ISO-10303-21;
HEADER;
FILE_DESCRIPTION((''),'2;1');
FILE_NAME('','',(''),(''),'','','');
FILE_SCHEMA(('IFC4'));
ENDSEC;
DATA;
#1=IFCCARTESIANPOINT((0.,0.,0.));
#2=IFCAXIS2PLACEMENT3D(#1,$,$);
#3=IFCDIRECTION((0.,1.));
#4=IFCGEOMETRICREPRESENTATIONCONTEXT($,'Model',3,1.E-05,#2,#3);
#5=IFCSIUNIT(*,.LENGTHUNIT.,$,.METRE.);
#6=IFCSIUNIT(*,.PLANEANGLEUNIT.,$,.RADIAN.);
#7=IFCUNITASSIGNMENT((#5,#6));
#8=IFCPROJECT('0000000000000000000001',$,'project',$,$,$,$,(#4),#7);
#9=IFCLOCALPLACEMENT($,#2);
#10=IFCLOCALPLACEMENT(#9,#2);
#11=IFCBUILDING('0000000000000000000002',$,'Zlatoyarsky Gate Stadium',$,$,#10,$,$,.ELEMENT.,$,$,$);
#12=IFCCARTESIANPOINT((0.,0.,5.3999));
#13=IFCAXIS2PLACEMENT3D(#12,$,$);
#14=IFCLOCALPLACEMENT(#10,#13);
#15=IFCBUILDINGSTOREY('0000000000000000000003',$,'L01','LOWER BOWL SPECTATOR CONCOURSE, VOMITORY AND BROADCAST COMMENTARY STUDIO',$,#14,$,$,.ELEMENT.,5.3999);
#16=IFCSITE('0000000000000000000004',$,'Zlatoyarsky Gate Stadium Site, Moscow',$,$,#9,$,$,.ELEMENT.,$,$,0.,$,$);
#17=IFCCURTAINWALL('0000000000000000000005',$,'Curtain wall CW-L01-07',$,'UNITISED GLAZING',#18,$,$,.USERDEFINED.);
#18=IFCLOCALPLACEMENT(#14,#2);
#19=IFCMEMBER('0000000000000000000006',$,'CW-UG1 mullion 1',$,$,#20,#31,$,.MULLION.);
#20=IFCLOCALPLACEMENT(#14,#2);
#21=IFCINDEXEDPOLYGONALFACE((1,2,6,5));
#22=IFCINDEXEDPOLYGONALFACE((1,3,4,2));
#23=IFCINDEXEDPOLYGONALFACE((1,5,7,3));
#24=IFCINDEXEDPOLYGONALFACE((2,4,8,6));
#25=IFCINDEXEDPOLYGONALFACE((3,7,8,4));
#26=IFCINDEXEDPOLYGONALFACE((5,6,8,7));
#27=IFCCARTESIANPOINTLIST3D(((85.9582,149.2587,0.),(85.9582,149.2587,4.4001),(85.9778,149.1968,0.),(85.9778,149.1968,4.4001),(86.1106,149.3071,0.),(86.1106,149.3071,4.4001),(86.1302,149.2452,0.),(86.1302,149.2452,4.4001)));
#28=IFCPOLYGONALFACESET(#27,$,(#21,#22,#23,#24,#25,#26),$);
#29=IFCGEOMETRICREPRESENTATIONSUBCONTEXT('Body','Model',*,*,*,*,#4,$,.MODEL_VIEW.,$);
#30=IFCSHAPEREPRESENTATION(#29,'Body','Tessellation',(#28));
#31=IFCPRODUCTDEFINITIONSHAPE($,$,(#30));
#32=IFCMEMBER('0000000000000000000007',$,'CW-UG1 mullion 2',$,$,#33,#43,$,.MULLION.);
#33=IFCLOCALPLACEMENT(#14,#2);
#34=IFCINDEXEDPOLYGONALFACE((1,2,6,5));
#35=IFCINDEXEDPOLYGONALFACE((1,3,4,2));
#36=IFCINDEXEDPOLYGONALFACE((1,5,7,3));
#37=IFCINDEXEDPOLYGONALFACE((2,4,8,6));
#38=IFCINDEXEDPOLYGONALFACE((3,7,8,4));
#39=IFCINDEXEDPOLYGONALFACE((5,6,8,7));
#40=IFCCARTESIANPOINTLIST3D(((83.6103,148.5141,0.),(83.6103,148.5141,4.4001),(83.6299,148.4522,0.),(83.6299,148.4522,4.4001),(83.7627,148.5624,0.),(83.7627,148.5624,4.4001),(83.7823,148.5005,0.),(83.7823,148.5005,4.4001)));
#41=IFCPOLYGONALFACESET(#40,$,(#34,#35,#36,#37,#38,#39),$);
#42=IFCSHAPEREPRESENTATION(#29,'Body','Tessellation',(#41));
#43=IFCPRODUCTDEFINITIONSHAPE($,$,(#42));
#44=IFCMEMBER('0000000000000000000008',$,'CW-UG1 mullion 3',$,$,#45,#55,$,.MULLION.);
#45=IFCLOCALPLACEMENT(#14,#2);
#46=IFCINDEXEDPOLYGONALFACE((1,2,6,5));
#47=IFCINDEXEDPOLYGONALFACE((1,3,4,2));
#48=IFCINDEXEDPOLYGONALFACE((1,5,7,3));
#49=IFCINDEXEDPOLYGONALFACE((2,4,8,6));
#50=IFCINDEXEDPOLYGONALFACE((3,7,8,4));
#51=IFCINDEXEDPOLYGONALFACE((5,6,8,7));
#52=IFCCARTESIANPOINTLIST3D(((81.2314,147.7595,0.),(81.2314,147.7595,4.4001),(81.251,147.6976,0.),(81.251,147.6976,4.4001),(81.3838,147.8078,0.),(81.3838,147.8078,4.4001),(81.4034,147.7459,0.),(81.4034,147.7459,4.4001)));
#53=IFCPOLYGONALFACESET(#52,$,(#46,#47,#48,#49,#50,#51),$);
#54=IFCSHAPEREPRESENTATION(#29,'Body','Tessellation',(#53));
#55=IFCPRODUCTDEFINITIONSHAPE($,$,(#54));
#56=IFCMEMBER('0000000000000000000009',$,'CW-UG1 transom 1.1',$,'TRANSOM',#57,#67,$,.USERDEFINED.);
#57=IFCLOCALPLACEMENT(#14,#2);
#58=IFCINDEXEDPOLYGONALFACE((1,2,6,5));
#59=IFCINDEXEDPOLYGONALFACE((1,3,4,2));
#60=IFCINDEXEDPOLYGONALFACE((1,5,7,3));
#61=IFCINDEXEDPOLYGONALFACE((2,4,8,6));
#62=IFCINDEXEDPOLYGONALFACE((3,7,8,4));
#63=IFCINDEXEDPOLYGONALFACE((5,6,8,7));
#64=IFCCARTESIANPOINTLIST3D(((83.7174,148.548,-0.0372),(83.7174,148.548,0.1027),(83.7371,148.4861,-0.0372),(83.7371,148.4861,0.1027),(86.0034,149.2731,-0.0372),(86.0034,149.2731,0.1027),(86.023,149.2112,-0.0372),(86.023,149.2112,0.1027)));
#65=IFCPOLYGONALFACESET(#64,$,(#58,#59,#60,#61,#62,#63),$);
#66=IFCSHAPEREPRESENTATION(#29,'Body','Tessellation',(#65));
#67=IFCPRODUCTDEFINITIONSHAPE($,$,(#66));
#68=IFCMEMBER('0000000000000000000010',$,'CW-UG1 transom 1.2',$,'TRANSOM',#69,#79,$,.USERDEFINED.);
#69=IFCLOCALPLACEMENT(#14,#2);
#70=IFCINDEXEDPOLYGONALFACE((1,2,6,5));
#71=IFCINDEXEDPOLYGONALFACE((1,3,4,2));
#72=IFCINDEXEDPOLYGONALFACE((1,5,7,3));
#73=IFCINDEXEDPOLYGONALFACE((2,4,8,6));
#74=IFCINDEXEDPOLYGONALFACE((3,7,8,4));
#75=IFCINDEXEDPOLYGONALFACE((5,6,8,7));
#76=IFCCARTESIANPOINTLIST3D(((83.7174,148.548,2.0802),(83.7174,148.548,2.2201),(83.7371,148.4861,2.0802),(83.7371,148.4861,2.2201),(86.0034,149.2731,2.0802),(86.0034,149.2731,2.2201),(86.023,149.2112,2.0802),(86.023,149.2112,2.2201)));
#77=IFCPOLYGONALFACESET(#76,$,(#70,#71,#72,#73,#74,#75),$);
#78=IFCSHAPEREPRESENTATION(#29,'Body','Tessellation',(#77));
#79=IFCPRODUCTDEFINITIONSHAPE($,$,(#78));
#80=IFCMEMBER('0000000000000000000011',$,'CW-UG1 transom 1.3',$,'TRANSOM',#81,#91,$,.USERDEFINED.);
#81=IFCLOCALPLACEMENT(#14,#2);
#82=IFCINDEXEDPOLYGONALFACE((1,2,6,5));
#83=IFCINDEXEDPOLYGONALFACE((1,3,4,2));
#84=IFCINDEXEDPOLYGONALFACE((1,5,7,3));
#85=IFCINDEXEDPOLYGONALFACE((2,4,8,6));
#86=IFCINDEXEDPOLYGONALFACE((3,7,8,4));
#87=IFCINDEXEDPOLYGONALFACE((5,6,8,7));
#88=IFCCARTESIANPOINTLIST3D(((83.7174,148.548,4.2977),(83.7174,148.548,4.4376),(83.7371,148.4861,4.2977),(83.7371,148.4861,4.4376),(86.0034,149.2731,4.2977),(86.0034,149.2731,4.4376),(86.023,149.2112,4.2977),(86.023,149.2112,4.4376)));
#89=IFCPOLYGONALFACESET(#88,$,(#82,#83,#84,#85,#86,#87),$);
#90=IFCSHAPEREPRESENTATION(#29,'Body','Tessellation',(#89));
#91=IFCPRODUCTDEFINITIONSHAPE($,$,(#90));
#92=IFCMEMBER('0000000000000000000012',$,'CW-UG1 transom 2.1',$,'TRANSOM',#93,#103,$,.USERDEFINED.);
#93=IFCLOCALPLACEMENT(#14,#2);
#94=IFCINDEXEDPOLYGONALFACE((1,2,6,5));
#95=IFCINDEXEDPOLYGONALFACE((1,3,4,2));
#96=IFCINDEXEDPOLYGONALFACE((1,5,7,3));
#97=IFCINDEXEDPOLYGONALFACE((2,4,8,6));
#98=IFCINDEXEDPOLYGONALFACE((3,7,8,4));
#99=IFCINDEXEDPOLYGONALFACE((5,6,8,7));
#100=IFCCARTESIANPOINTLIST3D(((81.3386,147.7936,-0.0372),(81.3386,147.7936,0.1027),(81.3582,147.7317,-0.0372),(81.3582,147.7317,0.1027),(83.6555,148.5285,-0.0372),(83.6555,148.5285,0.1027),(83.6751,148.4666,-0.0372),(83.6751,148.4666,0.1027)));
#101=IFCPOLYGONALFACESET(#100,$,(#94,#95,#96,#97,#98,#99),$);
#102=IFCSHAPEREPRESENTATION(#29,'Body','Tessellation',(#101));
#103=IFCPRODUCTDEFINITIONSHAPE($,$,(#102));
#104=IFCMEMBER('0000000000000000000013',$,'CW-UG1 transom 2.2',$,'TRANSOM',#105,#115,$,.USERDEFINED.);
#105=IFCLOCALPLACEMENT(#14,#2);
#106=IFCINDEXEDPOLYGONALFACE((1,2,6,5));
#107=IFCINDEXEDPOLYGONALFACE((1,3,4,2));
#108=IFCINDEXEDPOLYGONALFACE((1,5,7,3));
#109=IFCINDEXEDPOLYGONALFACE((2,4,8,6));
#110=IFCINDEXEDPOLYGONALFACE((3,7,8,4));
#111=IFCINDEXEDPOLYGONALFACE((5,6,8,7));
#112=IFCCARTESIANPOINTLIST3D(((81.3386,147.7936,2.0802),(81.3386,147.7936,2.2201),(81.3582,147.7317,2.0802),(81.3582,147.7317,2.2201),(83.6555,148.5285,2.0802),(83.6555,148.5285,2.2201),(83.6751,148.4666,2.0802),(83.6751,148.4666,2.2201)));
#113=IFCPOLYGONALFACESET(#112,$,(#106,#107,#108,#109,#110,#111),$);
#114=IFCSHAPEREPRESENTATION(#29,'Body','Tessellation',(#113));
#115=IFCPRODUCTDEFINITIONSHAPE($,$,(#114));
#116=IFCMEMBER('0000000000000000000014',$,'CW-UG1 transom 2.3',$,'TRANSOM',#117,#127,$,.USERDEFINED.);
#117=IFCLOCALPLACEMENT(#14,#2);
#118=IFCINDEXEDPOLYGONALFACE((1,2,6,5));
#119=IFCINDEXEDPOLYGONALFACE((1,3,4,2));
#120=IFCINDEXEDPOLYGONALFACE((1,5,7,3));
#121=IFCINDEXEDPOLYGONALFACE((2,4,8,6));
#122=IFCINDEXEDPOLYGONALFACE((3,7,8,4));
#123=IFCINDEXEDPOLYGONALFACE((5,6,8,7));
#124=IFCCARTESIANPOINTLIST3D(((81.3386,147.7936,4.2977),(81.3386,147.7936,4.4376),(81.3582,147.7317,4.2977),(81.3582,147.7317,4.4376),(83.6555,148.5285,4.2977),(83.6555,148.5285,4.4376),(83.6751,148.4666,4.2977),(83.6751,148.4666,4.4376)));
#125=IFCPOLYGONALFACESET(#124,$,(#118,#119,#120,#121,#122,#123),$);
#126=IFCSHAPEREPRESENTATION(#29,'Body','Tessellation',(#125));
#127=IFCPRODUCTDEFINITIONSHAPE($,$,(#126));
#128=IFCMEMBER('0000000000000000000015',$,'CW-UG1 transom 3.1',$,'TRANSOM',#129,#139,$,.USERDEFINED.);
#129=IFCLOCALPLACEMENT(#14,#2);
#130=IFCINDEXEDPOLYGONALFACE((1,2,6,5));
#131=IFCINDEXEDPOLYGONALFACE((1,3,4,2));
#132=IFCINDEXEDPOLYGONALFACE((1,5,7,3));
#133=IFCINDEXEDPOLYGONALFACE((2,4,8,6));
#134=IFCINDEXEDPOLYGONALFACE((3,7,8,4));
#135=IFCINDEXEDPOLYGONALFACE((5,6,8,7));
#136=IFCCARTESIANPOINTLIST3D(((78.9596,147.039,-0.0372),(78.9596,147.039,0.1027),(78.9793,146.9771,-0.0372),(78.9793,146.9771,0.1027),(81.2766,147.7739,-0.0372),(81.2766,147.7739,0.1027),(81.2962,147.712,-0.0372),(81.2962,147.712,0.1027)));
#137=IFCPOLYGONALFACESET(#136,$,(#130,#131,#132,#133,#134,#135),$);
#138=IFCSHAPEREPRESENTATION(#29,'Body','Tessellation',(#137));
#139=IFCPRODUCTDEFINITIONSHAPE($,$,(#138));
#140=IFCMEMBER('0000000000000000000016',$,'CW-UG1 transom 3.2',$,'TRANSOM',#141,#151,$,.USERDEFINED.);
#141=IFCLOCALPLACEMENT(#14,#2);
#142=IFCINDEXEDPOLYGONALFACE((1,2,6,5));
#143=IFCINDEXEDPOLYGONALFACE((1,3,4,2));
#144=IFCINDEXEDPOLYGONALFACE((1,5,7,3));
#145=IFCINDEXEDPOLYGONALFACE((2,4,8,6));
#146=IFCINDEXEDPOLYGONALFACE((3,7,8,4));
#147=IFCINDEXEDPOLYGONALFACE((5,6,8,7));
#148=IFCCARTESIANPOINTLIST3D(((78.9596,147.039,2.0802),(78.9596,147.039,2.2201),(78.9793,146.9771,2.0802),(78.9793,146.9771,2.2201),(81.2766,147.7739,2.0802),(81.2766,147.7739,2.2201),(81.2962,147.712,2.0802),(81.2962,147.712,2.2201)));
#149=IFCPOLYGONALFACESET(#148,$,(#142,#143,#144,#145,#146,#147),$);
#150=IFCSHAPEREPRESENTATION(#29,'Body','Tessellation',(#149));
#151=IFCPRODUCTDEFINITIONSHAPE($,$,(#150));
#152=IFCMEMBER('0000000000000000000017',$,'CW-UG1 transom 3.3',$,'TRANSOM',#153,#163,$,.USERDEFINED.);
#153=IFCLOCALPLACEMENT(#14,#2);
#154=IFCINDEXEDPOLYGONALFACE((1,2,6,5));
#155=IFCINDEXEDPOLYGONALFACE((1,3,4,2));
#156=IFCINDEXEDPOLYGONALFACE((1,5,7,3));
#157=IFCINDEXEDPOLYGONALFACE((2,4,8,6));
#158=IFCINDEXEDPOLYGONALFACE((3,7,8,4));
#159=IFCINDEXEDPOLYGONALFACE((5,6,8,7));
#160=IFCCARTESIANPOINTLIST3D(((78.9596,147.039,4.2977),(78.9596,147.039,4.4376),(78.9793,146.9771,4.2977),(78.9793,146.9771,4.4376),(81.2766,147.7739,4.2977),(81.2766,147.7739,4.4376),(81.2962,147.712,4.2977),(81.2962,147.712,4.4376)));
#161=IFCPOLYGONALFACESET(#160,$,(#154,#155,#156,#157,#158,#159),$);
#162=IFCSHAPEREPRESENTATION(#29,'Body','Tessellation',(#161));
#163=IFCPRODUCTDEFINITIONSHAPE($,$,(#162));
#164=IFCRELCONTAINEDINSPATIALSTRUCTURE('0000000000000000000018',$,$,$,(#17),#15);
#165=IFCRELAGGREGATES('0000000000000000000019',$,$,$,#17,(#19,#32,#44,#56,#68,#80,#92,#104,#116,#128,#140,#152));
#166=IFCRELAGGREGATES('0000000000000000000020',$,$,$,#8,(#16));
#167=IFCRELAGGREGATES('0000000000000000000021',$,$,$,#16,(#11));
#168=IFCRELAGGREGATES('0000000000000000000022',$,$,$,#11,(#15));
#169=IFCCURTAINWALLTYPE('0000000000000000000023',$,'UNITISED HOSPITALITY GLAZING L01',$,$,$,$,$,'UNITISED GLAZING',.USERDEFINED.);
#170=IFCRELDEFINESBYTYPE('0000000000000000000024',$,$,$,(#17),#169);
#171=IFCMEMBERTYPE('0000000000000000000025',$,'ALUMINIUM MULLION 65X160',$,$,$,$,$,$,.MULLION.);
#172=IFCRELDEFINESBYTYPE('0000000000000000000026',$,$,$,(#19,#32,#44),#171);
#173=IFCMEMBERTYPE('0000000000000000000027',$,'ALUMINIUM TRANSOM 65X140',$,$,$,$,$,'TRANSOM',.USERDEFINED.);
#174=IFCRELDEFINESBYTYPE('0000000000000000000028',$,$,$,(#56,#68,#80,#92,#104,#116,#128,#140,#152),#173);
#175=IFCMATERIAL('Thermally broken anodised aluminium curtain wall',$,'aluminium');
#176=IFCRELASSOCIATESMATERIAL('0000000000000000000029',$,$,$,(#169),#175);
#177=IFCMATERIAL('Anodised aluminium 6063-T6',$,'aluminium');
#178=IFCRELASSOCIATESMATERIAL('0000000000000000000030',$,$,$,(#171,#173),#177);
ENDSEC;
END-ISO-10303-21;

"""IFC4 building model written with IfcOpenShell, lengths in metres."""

from ifc_helpers import new_model, si_unit, direction, frame, origin, origin_2d, place, context, subcontext, project, spatial, rectangle, extrude, material, material_profile, profile_set, type_object, element, aggregate, save


model = new_model("IFC4")

# Units and contexts
model_context = context("Model", 3, precision=1e-05, world=origin(), true_north=direction((0.0, 1.0)))
body_context = subcontext(model_context, "Body", "Model", "MODEL_VIEW")
ifc_project = project(units=[si_unit("LENGTHUNIT", "METRE"), si_unit("PLANEANGLEUNIT", "RADIAN")], contexts=[model_context])

# Site, building, storey
site_placement = place(None, origin())
site = spatial("IfcSite", under=ifc_project, at=site_placement, Name="Zlatoyarsky Gate Stadium Site, Moscow", CompositionType="ELEMENT", RefElevation=0.0)
building_placement = place(site_placement, origin())
building = spatial("IfcBuilding", under=site, at=building_placement, Name="Zlatoyarsky Gate Stadium", CompositionType="ELEMENT")
storey_placement = place(building_placement, frame((0.0, 0.0, 5.3999)))
storey = spatial("IfcBuildingStorey", under=building, at=storey_placement, Name="L01", Description="LOWER BOWL SPECTATOR CONCOURSE, VOMITORY AND BROADCAST COMMENTARY STUDIO", CompositionType="ELEMENT", Elevation=5.3999)

# Curtain wall, members
ifc_material_1 = material(Name="Thermally broken anodised aluminium curtain wall", Category="aluminium")
curtain_wall_type = type_object("IfcCurtainWallType", Name="UNITISED HOSPITALITY GLAZING L01", ElementType="UNITISED GLAZING", PredefinedType="USERDEFINED", material=ifc_material_1)
curtain_wall_placement = place(storey_placement, origin())
curtain_wall = element("IfcCurtainWall", 1, at=curtain_wall_placement, inside=storey, type_object=curtain_wall_type, Name="Curtain wall CW-L01-07", ObjectType="UNITISED GLAZING", PredefinedType="USERDEFINED")
ifc_material_2 = material(Name="Anodised aluminium 6063-T6", Category="aluminium")
ifc_material_profile_1 = material_profile(ifc_material_2, rectangle(XDim=0.0649, YDim=0.1599, at=origin_2d()), Name="ALU 65X160")
ifc_profile_set_1 = profile_set([ifc_material_profile_1], Name="Anodised aluminium 6063-T6")
member_type_1 = type_object("IfcMemberType", Name="ALUMINIUM MULLION 65X160", PredefinedType="MULLION", material=ifc_profile_set_1)
member_1_placement = place(storey_placement, frame((86.0442, 149.252, 0.0), z_axis=(0.0, 0.0, 1.0), x_axis=(0.302335, -0.953202, 0.0)))
member_1 = element("IfcMember", 2, at=member_1_placement, type_object=member_type_1, Name="CW-UG1 mullion 1", PredefinedType="MULLION", context=body_context, shape_type="SweptSolid", body=[
    extrude(rectangle(XDim=0.0649, YDim=0.1599, at=origin_2d()), origin(), (0.0, 0.0, 1.0), 4.4001),
])
member_2_placement = place(storey_placement, frame((83.6963, 148.5073, 0.0), z_axis=(0.0, 0.0, 1.0), x_axis=(0.302335, -0.953202, 0.0)))
member_2 = element("IfcMember", 3, at=member_2_placement, type_object=member_type_1, Name="CW-UG1 mullion 2", PredefinedType="MULLION", context=body_context, shape_type="SweptSolid", body=[
    extrude(rectangle(XDim=0.0649, YDim=0.1599, at=origin_2d()), origin(), (0.0, 0.0, 1.0), 4.4001),
])
member_3_placement = place(storey_placement, frame((81.3174, 147.7527, 0.0), z_axis=(0.0, 0.0, 1.0), x_axis=(0.302335, -0.953202, 0.0)))
member_3 = element("IfcMember", 4, at=member_3_placement, type_object=member_type_1, Name="CW-UG1 mullion 3", PredefinedType="MULLION", context=body_context, shape_type="SweptSolid", body=[
    extrude(rectangle(XDim=0.0649, YDim=0.1599, at=origin_2d()), origin(), (0.0, 0.0, 1.0), 4.4001),
])
ifc_material_profile_2 = material_profile(ifc_material_2, rectangle(XDim=0.0649, YDim=0.1399, at=origin_2d()), Name="ALU 65X140")
ifc_profile_set_2 = profile_set([ifc_material_profile_2], Name="Anodised aluminium 6063-T6")
member_type_2 = type_object("IfcMemberType", Name="ALUMINIUM TRANSOM 65X140", ElementType="TRANSOM", PredefinedType="USERDEFINED", material=ifc_profile_set_2)
member_4_placement = place(storey_placement, frame((86.0132, 149.2422, 0.0327), z_axis=(-0.953194, -0.302359, 0.0), x_axis=(0.302359, -0.953194, 0.0)))
member_4 = element("IfcMember", 5, at=member_4_placement, type_object=member_type_2, Name="CW-UG1 transom 1.1", ObjectType="TRANSOM", PredefinedType="USERDEFINED", context=body_context, shape_type="SweptSolid", body=[
    extrude(rectangle(XDim=0.0649, YDim=0.1399, at=origin_2d()), origin(), (0.0, 0.0, 1.0), 2.3982),
])
member_5_placement = place(storey_placement, frame((86.0132, 149.2422, 2.1501), z_axis=(-0.953194, -0.302359, 0.0), x_axis=(0.302359, -0.953194, 0.0)))
member_5 = element("IfcMember", 6, at=member_5_placement, type_object=member_type_2, Name="CW-UG1 transom 1.2", ObjectType="TRANSOM", PredefinedType="USERDEFINED", context=body_context, shape_type="SweptSolid", body=[
    extrude(rectangle(XDim=0.0649, YDim=0.1399, at=origin_2d()), origin(), (0.0, 0.0, 1.0), 2.3982),
])
member_6_placement = place(storey_placement, frame((86.0132, 149.2422, 4.3677), z_axis=(-0.953194, -0.302359, 0.0), x_axis=(0.302359, -0.953194, 0.0)))
member_6 = element("IfcMember", 7, at=member_6_placement, type_object=member_type_2, Name="CW-UG1 transom 1.3", ObjectType="TRANSOM", PredefinedType="USERDEFINED", context=body_context, shape_type="SweptSolid", body=[
    extrude(rectangle(XDim=0.0649, YDim=0.1399, at=origin_2d()), origin(), (0.0, 0.0, 1.0), 2.3982),
])
member_7_placement = place(storey_placement, frame((83.6653, 148.4976, 0.0327), z_axis=(-0.953202, -0.302333, 0.0), x_axis=(0.302333, -0.953202, 0.0)))
member_7 = element("IfcMember", 8, at=member_7_placement, type_object=member_type_2, Name="CW-UG1 transom 2.1", ObjectType="TRANSOM", PredefinedType="USERDEFINED", context=body_context, shape_type="SweptSolid", body=[
    extrude(rectangle(XDim=0.0649, YDim=0.1399, at=origin_2d()), origin(), (0.0, 0.0, 1.0), 2.4307),
])
member_8_placement = place(storey_placement, frame((83.6653, 148.4976, 2.1501), z_axis=(-0.953202, -0.302333, 0.0), x_axis=(0.302333, -0.953202, 0.0)))
member_8 = element("IfcMember", 9, at=member_8_placement, type_object=member_type_2, Name="CW-UG1 transom 2.2", ObjectType="TRANSOM", PredefinedType="USERDEFINED", context=body_context, shape_type="SweptSolid", body=[
    extrude(rectangle(XDim=0.0649, YDim=0.1399, at=origin_2d()), origin(), (0.0, 0.0, 1.0), 2.4307),
])
member_9_placement = place(storey_placement, frame((83.6653, 148.4976, 4.3677), z_axis=(-0.953202, -0.302333, 0.0), x_axis=(0.302333, -0.953202, 0.0)))
member_9 = element("IfcMember", 10, at=member_9_placement, type_object=member_type_2, Name="CW-UG1 transom 2.3", ObjectType="TRANSOM", PredefinedType="USERDEFINED", context=body_context, shape_type="SweptSolid", body=[
    extrude(rectangle(XDim=0.0649, YDim=0.1399, at=origin_2d()), origin(), (0.0, 0.0, 1.0), 2.4307),
])
member_10_placement = place(storey_placement, frame((81.2864, 147.7429, 0.0327), z_axis=(-0.953202, -0.302333, 0.0), x_axis=(0.302333, -0.953202, 0.0)))
member_10 = element("IfcMember", 11, at=member_10_placement, type_object=member_type_2, Name="CW-UG1 transom 3.1", ObjectType="TRANSOM", PredefinedType="USERDEFINED", context=body_context, shape_type="SweptSolid", body=[
    extrude(rectangle(XDim=0.0649, YDim=0.1399, at=origin_2d()), origin(), (0.0, 0.0, 1.0), 2.4307),
])
member_11_placement = place(storey_placement, frame((81.2864, 147.7429, 2.1501), z_axis=(-0.953202, -0.302333, 0.0), x_axis=(0.302333, -0.953202, 0.0)))
member_11 = element("IfcMember", 12, at=member_11_placement, type_object=member_type_2, Name="CW-UG1 transom 3.2", ObjectType="TRANSOM", PredefinedType="USERDEFINED", context=body_context, shape_type="SweptSolid", body=[
    extrude(rectangle(XDim=0.0649, YDim=0.1399, at=origin_2d()), origin(), (0.0, 0.0, 1.0), 2.4307),
])
member_12_placement = place(storey_placement, frame((81.2864, 147.7429, 4.3677), z_axis=(-0.953202, -0.302333, 0.0), x_axis=(0.302333, -0.953202, 0.0)))
member_12 = element("IfcMember", 13, at=member_12_placement, type_object=member_type_2, Name="CW-UG1 transom 3.3", ObjectType="TRANSOM", PredefinedType="USERDEFINED", context=body_context, shape_type="SweptSolid", body=[
    extrude(rectangle(XDim=0.0649, YDim=0.1399, at=origin_2d()), origin(), (0.0, 0.0, 1.0), 2.4307),
])

aggregate(curtain_wall, [member_1, member_2, member_3, member_4, member_5, member_6, member_7, member_8, member_9, member_10, member_11, member_12])

save(model, "model.ifc")
